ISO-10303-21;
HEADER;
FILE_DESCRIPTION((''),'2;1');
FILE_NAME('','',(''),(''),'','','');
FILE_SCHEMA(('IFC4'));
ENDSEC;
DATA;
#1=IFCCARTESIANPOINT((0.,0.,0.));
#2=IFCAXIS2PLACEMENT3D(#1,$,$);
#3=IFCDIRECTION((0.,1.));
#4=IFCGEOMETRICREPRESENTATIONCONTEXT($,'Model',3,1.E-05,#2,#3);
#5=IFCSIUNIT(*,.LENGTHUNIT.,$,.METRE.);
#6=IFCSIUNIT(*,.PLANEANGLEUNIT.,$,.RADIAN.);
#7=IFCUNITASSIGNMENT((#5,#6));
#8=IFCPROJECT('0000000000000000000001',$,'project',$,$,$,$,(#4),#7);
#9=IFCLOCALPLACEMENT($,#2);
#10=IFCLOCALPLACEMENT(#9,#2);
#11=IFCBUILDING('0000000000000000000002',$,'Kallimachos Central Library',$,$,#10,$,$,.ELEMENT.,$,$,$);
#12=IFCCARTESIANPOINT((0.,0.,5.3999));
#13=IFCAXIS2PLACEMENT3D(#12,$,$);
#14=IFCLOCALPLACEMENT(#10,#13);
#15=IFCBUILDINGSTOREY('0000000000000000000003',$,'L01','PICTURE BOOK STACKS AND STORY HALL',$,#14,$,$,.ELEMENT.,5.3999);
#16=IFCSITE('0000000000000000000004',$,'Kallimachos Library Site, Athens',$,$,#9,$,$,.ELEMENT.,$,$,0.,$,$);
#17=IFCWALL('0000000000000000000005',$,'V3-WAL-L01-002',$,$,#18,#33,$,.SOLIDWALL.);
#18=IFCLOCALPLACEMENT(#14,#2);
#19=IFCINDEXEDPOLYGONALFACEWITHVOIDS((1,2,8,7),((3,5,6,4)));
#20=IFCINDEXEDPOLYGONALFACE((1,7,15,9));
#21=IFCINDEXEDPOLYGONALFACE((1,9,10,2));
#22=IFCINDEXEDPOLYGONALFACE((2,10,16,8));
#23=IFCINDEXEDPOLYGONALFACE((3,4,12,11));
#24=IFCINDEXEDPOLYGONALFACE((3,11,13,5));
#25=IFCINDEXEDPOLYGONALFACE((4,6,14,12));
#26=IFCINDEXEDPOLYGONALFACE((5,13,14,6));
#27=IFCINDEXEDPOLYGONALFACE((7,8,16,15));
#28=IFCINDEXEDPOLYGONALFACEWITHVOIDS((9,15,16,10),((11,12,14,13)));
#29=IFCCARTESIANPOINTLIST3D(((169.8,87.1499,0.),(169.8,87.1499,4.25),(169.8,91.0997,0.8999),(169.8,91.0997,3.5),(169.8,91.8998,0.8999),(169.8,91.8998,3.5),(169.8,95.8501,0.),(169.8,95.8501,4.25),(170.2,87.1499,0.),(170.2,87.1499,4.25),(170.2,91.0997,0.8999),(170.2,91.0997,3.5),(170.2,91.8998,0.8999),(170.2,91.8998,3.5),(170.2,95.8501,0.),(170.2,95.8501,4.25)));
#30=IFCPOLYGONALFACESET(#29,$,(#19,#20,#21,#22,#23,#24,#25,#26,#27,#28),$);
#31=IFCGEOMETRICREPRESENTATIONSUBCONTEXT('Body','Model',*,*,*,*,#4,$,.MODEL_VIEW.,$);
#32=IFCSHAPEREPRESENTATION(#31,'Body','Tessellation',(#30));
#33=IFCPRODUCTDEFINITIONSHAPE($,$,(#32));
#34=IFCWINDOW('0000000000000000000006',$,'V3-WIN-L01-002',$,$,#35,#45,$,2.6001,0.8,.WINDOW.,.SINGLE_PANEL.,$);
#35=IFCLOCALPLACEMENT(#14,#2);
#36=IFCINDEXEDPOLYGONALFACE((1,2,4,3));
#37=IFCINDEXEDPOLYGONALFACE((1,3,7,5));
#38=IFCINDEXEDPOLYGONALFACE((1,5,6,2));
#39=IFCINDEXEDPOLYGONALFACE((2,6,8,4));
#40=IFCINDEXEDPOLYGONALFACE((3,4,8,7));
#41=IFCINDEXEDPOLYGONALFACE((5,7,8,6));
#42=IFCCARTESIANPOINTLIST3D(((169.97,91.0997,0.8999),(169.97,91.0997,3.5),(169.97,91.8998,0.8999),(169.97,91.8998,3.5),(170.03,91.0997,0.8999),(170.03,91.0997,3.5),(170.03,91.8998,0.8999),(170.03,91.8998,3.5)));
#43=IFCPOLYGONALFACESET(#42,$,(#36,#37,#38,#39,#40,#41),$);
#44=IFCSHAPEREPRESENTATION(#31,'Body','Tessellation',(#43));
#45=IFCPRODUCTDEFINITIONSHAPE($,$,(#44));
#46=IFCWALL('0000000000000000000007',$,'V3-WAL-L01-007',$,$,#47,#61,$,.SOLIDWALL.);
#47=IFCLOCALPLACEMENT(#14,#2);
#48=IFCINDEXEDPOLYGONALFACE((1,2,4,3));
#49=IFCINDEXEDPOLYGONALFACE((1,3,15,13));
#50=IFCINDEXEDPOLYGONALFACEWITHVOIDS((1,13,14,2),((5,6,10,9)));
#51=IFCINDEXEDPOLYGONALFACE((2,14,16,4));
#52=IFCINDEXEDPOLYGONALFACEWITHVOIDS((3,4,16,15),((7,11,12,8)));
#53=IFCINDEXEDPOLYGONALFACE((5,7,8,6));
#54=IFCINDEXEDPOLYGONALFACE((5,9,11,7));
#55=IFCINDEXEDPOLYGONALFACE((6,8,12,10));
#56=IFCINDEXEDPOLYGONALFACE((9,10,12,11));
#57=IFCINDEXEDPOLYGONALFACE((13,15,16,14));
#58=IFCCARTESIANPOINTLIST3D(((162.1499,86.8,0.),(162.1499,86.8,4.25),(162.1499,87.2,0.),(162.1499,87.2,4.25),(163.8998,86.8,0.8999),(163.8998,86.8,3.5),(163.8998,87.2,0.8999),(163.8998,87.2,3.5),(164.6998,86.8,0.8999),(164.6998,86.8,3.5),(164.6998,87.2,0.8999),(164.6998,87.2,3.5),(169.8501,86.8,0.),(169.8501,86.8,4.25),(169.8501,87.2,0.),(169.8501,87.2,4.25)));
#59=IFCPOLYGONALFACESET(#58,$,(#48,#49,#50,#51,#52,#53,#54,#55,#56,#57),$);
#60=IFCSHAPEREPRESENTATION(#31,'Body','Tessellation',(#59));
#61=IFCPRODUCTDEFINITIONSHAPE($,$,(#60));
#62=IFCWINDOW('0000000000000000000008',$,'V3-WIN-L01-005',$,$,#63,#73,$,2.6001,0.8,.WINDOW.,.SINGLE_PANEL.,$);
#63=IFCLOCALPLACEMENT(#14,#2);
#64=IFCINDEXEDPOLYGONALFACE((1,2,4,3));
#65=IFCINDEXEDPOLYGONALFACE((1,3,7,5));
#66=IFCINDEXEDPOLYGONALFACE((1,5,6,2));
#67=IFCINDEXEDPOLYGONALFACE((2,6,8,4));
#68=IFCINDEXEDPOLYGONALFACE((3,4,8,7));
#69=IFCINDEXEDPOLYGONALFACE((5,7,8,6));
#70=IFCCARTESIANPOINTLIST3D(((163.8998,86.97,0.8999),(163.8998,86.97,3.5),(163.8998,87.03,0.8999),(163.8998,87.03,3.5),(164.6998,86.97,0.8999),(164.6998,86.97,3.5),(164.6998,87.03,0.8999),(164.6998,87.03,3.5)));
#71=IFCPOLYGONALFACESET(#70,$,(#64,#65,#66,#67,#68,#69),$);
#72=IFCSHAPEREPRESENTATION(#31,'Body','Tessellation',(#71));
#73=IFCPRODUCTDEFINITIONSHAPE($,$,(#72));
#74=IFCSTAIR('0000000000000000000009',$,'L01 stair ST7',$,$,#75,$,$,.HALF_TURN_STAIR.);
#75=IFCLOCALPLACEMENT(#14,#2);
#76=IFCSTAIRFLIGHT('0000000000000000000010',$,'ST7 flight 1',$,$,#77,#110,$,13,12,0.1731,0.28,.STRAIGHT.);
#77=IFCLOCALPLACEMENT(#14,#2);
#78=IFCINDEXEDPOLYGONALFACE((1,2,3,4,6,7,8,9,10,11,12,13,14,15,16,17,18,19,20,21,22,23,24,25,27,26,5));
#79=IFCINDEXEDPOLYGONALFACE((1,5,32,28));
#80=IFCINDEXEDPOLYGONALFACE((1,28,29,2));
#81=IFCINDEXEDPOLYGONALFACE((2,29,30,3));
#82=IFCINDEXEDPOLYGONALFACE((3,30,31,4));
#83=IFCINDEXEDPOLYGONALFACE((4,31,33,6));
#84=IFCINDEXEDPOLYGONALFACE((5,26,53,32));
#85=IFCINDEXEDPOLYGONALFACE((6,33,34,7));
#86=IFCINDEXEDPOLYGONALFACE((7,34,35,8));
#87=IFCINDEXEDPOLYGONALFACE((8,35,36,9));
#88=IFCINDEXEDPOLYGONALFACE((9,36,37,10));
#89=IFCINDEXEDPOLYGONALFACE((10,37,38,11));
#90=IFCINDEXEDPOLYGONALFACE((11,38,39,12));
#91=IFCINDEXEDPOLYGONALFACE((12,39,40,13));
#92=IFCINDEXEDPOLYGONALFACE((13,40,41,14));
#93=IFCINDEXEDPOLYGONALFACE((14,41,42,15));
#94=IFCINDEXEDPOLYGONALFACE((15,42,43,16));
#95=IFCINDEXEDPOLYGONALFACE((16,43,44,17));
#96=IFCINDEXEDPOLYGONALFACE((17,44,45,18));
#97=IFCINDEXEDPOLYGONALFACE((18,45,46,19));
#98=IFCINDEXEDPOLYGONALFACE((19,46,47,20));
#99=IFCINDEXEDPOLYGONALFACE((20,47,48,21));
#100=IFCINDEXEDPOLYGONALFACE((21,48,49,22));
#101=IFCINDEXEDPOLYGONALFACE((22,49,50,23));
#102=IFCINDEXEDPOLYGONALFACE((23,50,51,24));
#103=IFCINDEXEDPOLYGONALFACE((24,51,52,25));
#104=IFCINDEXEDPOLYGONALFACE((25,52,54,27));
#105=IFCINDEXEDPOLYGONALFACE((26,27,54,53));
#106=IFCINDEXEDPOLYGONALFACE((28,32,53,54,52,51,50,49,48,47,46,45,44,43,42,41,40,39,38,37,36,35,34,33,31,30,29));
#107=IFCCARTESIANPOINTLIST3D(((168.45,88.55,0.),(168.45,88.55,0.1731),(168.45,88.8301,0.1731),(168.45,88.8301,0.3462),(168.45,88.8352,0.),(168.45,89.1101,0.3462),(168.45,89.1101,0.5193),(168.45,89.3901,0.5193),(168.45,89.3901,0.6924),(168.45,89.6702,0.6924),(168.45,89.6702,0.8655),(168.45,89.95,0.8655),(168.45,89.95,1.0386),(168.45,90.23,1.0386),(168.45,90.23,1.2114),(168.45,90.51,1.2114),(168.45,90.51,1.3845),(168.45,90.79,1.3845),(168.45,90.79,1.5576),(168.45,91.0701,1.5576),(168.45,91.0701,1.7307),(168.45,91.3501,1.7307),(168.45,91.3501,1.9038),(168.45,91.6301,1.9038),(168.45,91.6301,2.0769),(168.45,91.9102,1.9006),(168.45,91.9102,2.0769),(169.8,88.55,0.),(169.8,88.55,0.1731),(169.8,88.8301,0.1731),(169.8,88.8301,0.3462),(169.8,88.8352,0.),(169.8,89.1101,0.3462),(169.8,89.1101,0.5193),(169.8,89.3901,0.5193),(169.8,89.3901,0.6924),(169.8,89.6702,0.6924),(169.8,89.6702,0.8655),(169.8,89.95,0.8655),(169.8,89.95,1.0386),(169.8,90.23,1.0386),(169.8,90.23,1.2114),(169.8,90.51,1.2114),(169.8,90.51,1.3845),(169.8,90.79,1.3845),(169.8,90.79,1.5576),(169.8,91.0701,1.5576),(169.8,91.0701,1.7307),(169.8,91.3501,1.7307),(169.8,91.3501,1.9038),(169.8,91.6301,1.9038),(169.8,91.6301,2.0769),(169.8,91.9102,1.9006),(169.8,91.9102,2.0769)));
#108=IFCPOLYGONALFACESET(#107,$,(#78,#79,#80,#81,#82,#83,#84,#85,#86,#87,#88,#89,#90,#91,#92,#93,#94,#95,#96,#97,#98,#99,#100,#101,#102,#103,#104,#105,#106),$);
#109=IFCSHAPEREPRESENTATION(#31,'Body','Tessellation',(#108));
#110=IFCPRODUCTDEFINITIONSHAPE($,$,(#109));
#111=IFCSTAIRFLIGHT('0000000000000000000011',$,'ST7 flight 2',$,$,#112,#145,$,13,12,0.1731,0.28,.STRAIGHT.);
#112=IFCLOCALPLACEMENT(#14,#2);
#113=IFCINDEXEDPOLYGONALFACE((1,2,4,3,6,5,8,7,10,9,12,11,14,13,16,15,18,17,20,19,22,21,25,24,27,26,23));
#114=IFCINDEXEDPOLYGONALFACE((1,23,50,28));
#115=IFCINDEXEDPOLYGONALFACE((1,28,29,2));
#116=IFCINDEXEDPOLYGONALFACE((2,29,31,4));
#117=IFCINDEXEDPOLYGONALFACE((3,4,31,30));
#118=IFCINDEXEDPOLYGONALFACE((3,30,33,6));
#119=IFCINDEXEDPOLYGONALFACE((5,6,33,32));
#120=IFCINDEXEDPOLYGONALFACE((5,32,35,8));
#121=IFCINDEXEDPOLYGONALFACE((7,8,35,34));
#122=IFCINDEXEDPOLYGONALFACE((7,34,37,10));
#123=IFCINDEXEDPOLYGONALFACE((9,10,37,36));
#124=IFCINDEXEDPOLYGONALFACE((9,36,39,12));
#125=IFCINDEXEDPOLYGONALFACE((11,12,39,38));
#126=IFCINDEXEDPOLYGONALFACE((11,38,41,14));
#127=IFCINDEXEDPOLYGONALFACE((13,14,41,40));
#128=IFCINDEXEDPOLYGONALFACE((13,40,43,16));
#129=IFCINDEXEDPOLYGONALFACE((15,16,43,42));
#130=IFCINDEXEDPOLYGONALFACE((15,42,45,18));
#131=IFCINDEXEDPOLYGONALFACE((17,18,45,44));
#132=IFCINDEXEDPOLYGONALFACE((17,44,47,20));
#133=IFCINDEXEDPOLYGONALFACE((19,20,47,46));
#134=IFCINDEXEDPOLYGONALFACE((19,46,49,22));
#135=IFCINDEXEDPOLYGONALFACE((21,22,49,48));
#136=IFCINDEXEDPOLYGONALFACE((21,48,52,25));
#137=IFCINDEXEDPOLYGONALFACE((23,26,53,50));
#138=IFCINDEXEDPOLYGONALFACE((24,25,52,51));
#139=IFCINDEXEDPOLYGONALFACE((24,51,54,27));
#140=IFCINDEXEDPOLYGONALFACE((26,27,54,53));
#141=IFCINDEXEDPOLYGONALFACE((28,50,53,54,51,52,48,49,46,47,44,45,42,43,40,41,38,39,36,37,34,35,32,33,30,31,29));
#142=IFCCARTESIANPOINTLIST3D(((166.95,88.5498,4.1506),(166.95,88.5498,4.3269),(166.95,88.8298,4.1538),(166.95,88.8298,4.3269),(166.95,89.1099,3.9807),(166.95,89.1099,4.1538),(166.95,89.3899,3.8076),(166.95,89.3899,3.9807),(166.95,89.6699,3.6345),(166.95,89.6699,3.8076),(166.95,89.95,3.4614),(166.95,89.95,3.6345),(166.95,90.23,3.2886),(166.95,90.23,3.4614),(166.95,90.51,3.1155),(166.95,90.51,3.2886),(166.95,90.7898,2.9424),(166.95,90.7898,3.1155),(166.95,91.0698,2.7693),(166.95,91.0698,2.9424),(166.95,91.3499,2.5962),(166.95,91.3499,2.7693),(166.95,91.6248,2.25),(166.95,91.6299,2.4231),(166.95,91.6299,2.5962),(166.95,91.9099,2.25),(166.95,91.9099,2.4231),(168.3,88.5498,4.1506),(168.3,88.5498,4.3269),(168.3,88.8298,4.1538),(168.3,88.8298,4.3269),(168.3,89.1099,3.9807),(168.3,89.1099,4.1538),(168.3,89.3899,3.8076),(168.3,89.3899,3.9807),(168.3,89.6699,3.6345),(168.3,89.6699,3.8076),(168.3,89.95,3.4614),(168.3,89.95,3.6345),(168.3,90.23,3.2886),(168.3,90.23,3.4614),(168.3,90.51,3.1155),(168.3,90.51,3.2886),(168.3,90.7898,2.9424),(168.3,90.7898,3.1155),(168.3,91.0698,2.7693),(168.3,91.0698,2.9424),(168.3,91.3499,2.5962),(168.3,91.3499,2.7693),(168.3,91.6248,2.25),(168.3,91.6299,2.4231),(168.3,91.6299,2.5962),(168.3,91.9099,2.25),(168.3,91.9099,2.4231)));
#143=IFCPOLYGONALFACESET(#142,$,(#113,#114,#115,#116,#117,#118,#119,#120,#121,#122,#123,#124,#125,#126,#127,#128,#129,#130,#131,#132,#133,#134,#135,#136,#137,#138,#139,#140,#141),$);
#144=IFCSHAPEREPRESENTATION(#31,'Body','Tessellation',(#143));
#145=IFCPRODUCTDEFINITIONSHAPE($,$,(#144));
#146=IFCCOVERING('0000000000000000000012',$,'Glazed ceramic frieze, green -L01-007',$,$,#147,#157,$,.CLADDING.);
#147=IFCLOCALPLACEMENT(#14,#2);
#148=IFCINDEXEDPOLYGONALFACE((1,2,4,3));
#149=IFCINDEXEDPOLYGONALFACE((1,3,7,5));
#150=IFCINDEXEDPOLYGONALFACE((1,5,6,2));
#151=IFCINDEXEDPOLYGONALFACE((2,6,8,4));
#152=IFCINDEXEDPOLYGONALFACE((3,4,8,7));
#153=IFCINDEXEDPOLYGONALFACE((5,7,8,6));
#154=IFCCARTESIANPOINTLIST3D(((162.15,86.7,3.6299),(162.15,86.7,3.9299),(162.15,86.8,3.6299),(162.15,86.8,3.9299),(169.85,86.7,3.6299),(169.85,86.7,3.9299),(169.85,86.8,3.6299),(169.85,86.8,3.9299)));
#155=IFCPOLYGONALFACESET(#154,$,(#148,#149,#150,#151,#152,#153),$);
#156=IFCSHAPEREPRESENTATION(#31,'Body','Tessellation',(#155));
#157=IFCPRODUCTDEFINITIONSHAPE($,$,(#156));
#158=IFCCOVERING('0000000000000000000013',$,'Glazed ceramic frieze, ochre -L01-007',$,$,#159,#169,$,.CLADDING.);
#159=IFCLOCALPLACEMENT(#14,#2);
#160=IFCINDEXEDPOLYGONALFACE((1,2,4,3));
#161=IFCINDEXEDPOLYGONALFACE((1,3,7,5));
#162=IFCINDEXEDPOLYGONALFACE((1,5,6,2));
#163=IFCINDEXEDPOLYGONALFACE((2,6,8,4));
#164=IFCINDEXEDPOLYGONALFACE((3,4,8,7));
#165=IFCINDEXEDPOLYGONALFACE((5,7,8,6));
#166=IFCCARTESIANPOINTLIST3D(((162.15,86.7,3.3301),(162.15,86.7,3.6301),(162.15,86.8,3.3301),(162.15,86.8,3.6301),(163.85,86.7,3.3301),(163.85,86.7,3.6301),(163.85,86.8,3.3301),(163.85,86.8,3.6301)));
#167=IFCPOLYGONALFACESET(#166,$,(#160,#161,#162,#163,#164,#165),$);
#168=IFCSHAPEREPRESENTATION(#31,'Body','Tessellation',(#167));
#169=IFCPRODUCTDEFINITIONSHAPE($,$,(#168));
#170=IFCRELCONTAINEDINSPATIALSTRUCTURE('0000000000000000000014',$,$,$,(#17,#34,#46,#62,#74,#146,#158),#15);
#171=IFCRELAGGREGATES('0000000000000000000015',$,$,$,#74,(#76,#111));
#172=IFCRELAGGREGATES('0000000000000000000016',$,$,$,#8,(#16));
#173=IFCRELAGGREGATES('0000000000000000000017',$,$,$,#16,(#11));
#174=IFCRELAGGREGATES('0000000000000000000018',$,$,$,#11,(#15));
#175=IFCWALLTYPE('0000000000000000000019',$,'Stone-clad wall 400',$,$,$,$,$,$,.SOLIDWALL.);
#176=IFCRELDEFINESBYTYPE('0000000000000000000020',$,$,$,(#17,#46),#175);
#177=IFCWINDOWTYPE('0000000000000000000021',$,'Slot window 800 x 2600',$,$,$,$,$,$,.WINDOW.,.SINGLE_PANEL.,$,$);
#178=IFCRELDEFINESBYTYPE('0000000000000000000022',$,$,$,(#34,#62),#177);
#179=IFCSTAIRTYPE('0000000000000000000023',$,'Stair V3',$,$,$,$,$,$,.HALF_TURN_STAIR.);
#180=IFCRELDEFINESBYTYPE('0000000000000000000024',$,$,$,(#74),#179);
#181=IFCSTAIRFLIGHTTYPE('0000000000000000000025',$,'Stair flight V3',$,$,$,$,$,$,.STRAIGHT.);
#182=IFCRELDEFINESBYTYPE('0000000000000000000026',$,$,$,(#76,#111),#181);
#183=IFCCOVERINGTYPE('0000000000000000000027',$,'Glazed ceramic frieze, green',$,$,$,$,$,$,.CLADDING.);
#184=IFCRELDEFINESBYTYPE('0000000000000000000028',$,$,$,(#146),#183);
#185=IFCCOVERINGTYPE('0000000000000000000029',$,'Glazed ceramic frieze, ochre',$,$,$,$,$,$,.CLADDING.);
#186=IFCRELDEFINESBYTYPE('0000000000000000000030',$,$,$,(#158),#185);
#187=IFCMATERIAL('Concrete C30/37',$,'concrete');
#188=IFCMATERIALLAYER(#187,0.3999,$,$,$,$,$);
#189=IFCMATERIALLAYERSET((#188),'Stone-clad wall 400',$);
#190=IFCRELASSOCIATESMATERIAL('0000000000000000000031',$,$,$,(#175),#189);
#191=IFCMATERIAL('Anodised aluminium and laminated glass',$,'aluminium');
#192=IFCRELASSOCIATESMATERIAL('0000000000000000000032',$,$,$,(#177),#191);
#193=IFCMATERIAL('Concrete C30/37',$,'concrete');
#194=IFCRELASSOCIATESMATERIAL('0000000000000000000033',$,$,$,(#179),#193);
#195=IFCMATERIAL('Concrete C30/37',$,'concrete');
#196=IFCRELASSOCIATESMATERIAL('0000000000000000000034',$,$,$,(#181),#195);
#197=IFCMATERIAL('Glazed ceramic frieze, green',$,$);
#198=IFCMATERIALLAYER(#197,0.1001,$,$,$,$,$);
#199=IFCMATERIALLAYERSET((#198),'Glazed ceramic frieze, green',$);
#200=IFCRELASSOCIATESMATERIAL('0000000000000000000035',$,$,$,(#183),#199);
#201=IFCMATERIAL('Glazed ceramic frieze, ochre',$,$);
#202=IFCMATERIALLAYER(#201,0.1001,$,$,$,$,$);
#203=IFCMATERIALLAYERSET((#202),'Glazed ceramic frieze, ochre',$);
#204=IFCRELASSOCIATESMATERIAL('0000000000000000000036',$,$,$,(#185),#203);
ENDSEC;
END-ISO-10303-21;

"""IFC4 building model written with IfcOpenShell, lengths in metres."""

from ifc_helpers import new_model, si_unit, direction, frame, frame_2d, origin, origin_2d, place, context, subcontext, project, spatial, polyline, rectangle, outline, extrude, material, layer, layer_set, type_object, element, fill, aggregate, save


model = new_model("IFC4")

# Units and contexts
model_context = context("Model", 3, precision=1e-05, world=origin(), true_north=direction((0.0, 1.0)))
body_context = subcontext(model_context, "Body", "Model", "MODEL_VIEW")
ifc_project = project(units=[si_unit("LENGTHUNIT", "METRE"), si_unit("PLANEANGLEUNIT", "RADIAN")], contexts=[model_context])

# Site, building, storey
site_placement = place(None, origin())
site = spatial("IfcSite", under=ifc_project, at=site_placement, Name="Kallimachos Library Site, Athens", CompositionType="ELEMENT", RefElevation=0.0)
building_placement = place(site_placement, origin())
building = spatial("IfcBuilding", under=site, at=building_placement, Name="Kallimachos Central Library", CompositionType="ELEMENT")
storey_placement = place(building_placement, frame((0.0, 0.0, 5.3999)))
storey = spatial("IfcBuildingStorey", under=building, at=storey_placement, Name="L01", Description="PICTURE BOOK STACKS AND STORY HALL", CompositionType="ELEMENT", Elevation=5.3999)

# Walls, openings, windows
ifc_material_1 = material(Name="Concrete C30/37", Category="concrete")
ifc_layer_1 = layer(ifc_material_1, 0.3999)
ifc_layer_set_1 = layer_set([ifc_layer_1], Name="Stone-clad wall 400")
wall_type_1 = type_object("IfcWallType", Name="Stone-clad wall 400", PredefinedType="SOLIDWALL", material=ifc_layer_set_1)
wall_1_placement = place(storey_placement, frame((170.0, 87.1499, 0.0), z_axis=(0.0, 0.0, 1.0), x_axis=(0.0, 1.0, 0.0)))
wall_1 = element("IfcWall", 1, at=wall_1_placement, inside=storey, type_object=wall_type_1, Name="V3-WAL-L01-002", PredefinedType="SOLIDWALL", context=body_context, shape_type="SweptSolid", body=[
    extrude(rectangle(XDim=8.7002, YDim=0.3999, at=frame_2d((4.3501, 0.0))), origin(), (0.0, 0.0, 1.0), 4.25),
])
opening_1_placement = place(wall_1_placement, frame((3.95, 0.0, 0.8999)))
opening_1 = element("IfcOpeningElement", 2, at=opening_1_placement, cuts=wall_1, PredefinedType="OPENING", context=body_context, shape_type="SweptSolid", body=[
    extrude(rectangle(XDim=0.8, YDim=2.6001, at=frame_2d((0.3999, 1.3))), frame((0.0, 0.21, 0.0), z_axis=(0.0, -1.0, 0.0), x_axis=(1.0, 0.0, 0.0)), (0.0, 0.0, 1.0), 0.4199),
])
ifc_material_2 = material(Name="Anodised aluminium and laminated glass", Category="aluminium")
window_type = type_object("IfcWindowType", Name="Slot window 800 x 2600", PartitioningType="SINGLE_PANEL", PredefinedType="WINDOW", material=ifc_material_2)
window_1_placement = place(opening_1_placement, origin())
window_1 = element("IfcWindow", 3, at=window_1_placement, inside=storey, type_object=window_type, Name="V3-WIN-L01-002", OverallHeight=2.6001, OverallWidth=0.8, PartitioningType="SINGLE_PANEL", PredefinedType="WINDOW", context=body_context, shape_type="SweptSolid", body=[
    extrude(rectangle(XDim=0.8, YDim=2.6001, at=frame_2d((0.3999, 1.3))), frame((0.0, 0.03, 0.0), z_axis=(0.0, -1.0, 0.0), x_axis=(1.0, 0.0, 0.0)), (0.0, 0.0, 1.0), 0.0601),
])
fill(opening_1, window_1)
wall_2_placement = place(storey_placement, frame((162.1499, 87.0, 0.0), z_axis=(0.0, 0.0, 1.0), x_axis=(1.0, 0.0, 0.0)))
wall_2 = element("IfcWall", 4, at=wall_2_placement, inside=storey, type_object=wall_type_1, Name="V3-WAL-L01-007", PredefinedType="SOLIDWALL", context=body_context, shape_type="SweptSolid", body=[
    extrude(rectangle(XDim=7.7002, YDim=0.3999, at=frame_2d((3.8501, 0.0))), origin(), (0.0, 0.0, 1.0), 4.25),
])
opening_2_placement = place(wall_2_placement, frame((1.75, 0.0, 0.8999)))
opening_2 = element("IfcOpeningElement", 5, at=opening_2_placement, cuts=wall_2, PredefinedType="OPENING", context=body_context, shape_type="SweptSolid", body=[
    extrude(rectangle(XDim=0.8, YDim=2.6001, at=frame_2d((0.3999, 1.3))), frame((0.0, 0.21, 0.0), z_axis=(0.0, -1.0, 0.0), x_axis=(1.0, 0.0, 0.0)), (0.0, 0.0, 1.0), 0.4199),
])
window_2_placement = place(opening_2_placement, origin())
window_2 = element("IfcWindow", 6, at=window_2_placement, inside=storey, type_object=window_type, Name="V3-WIN-L01-005", OverallHeight=2.6001, OverallWidth=0.8, PartitioningType="SINGLE_PANEL", PredefinedType="WINDOW", context=body_context, shape_type="SweptSolid", body=[
    extrude(rectangle(XDim=0.8, YDim=2.6001, at=frame_2d((0.3999, 1.3))), frame((0.0, 0.03, 0.0), z_axis=(0.0, -1.0, 0.0), x_axis=(1.0, 0.0, 0.0)), (0.0, 0.0, 1.0), 0.0601),
])
fill(opening_2, window_2)

# Stair, stair flights
ifc_material_3 = material(Name="Concrete C30/37", Category="concrete")
stair_type = type_object("IfcStairType", Name="Stair V3", PredefinedType="HALF_TURN_STAIR", material=ifc_material_3)
stair_placement = place(storey_placement, origin())
stair = element("IfcStair", 7, at=stair_placement, inside=storey, type_object=stair_type, Name="L01 stair ST7", PredefinedType="HALF_TURN_STAIR")
ifc_material_4 = material(Name="Concrete C30/37", Category="concrete")
stair_flight_type = type_object("IfcStairFlightType", Name="Stair flight V3", PredefinedType="STRAIGHT", material=ifc_material_4)
stair_flight_1_placement = place(storey_placement, frame((169.125, 88.55, 0.0), z_axis=(0.0, 0.0, 1.0), x_axis=(0.0, 1.0, 0.0)))
stair_flight_1 = element("IfcStairFlight", 8, at=stair_flight_1_placement, type_object=stair_flight_type, Name="ST7 flight 1", NumberOfRisers=13, NumberOfTreads=12, PredefinedType="STRAIGHT", RiserHeight=0.1731, TreadLength=0.28, context=body_context, shape_type="SweptSolid", body=[
    extrude(outline(polyline([(0.0, 0.0), (0.0, 0.1731), (0.28, 0.1731), (0.28, 0.3462), (0.5601, 0.3462), (0.5601, 0.5193), (0.8401, 0.5193), (0.8401, 0.6924), (1.1201, 0.6924), (1.1201, 0.8655), (1.3999, 0.8655), (1.3999, 1.0386), (1.6799, 1.0386), (1.6799, 1.2114), (1.96, 1.2114), (1.96, 1.3845), (2.24, 1.3845), (2.24, 1.5576), (2.52, 1.5576), (2.52, 1.7307), (2.8, 1.7307), (2.8, 1.9038), (3.0801, 1.9038), (3.0801, 2.0769), (3.3601, 2.0769), (3.3601, 2.25), (3.3601, 1.9006), (0.2852, 0.0), (0.0, 0.0)])), frame((0.0, 0.675, 0.0), z_axis=(0.0, -1.0, 0.0), x_axis=(1.0, 0.0, 0.0)), (0.0, 0.0, 1.0), 1.3501),
])
stair_flight_2_placement = place(storey_placement, frame((167.625, 91.9099, 2.25), z_axis=(0.0, 0.0, 1.0), x_axis=(0.0, -1.0, 0.0)))
stair_flight_2 = element("IfcStairFlight", 9, at=stair_flight_2_placement, type_object=stair_flight_type, Name="ST7 flight 2", NumberOfRisers=13, NumberOfTreads=12, PredefinedType="STRAIGHT", RiserHeight=0.1731, TreadLength=0.28, context=body_context, shape_type="SweptSolid", body=[
    extrude(outline(polyline([(0.0, 0.0), (0.0, 0.1731), (0.28, 0.1731), (0.28, 0.3462), (0.5601, 0.3462), (0.5601, 0.5193), (0.8401, 0.5193), (0.8401, 0.6924), (1.1201, 0.6924), (1.1201, 0.8655), (1.3999, 0.8655), (1.3999, 1.0386), (1.6799, 1.0386), (1.6799, 1.2114), (1.96, 1.2114), (1.96, 1.3845), (2.24, 1.3845), (2.24, 1.5576), (2.52, 1.5576), (2.52, 1.7307), (2.8, 1.7307), (2.8, 1.9038), (3.0801, 1.9038), (3.0801, 2.0769), (3.3601, 2.0769), (3.3601, 2.25), (3.3601, 1.9006), (0.2852, 0.0), (0.0, 0.0)])), frame((0.0, 0.675, 0.0), z_axis=(0.0, -1.0, 0.0), x_axis=(1.0, 0.0, 0.0)), (0.0, 0.0, 1.0), 1.3501),
])
aggregate(stair, [stair_flight_1, stair_flight_2])

# Coverings
ifc_material_5 = material(Name="Glazed ceramic frieze, green")
ifc_layer_2 = layer(ifc_material_5, 0.1001)
ifc_layer_set_2 = layer_set([ifc_layer_2], Name="Glazed ceramic frieze, green")
covering_type_1 = type_object("IfcCoveringType", Name="Glazed ceramic frieze, green", PredefinedType="CLADDING", material=ifc_layer_set_2)
covering_1_placement = place(storey_placement, frame((166.0, 86.75, 3.6299), z_axis=(0.0, 0.0, 1.0), x_axis=(1.0, 0.0, 0.0)))
element("IfcCovering", 10, at=covering_1_placement, inside=storey, type_object=covering_type_1, Name="Glazed ceramic frieze, green -L01-007", PredefinedType="CLADDING", context=body_context, shape_type="SweptSolid", body=[
    extrude(rectangle(XDim=7.7, YDim=0.1001, at=origin_2d()), origin(), (0.0, 0.0, 1.0), 0.3),
])
ifc_material_6 = material(Name="Glazed ceramic frieze, ochre")
ifc_layer_3 = layer(ifc_material_6, 0.1001)
ifc_layer_set_3 = layer_set([ifc_layer_3], Name="Glazed ceramic frieze, ochre")
covering_type_2 = type_object("IfcCoveringType", Name="Glazed ceramic frieze, ochre", PredefinedType="CLADDING", material=ifc_layer_set_3)
covering_2_placement = place(storey_placement, frame((163.0, 86.75, 3.3301), z_axis=(0.0, 0.0, 1.0), x_axis=(1.0, 0.0, 0.0)))
element("IfcCovering", 11, at=covering_2_placement, inside=storey, type_object=covering_type_2, Name="Glazed ceramic frieze, ochre -L01-007", PredefinedType="CLADDING", context=body_context, shape_type="SweptSolid", body=[
    extrude(rectangle(XDim=1.7, YDim=0.1001, at=origin_2d()), origin(), (0.0, 0.0, 1.0), 0.3),
])

save(model, "model.ifc")
